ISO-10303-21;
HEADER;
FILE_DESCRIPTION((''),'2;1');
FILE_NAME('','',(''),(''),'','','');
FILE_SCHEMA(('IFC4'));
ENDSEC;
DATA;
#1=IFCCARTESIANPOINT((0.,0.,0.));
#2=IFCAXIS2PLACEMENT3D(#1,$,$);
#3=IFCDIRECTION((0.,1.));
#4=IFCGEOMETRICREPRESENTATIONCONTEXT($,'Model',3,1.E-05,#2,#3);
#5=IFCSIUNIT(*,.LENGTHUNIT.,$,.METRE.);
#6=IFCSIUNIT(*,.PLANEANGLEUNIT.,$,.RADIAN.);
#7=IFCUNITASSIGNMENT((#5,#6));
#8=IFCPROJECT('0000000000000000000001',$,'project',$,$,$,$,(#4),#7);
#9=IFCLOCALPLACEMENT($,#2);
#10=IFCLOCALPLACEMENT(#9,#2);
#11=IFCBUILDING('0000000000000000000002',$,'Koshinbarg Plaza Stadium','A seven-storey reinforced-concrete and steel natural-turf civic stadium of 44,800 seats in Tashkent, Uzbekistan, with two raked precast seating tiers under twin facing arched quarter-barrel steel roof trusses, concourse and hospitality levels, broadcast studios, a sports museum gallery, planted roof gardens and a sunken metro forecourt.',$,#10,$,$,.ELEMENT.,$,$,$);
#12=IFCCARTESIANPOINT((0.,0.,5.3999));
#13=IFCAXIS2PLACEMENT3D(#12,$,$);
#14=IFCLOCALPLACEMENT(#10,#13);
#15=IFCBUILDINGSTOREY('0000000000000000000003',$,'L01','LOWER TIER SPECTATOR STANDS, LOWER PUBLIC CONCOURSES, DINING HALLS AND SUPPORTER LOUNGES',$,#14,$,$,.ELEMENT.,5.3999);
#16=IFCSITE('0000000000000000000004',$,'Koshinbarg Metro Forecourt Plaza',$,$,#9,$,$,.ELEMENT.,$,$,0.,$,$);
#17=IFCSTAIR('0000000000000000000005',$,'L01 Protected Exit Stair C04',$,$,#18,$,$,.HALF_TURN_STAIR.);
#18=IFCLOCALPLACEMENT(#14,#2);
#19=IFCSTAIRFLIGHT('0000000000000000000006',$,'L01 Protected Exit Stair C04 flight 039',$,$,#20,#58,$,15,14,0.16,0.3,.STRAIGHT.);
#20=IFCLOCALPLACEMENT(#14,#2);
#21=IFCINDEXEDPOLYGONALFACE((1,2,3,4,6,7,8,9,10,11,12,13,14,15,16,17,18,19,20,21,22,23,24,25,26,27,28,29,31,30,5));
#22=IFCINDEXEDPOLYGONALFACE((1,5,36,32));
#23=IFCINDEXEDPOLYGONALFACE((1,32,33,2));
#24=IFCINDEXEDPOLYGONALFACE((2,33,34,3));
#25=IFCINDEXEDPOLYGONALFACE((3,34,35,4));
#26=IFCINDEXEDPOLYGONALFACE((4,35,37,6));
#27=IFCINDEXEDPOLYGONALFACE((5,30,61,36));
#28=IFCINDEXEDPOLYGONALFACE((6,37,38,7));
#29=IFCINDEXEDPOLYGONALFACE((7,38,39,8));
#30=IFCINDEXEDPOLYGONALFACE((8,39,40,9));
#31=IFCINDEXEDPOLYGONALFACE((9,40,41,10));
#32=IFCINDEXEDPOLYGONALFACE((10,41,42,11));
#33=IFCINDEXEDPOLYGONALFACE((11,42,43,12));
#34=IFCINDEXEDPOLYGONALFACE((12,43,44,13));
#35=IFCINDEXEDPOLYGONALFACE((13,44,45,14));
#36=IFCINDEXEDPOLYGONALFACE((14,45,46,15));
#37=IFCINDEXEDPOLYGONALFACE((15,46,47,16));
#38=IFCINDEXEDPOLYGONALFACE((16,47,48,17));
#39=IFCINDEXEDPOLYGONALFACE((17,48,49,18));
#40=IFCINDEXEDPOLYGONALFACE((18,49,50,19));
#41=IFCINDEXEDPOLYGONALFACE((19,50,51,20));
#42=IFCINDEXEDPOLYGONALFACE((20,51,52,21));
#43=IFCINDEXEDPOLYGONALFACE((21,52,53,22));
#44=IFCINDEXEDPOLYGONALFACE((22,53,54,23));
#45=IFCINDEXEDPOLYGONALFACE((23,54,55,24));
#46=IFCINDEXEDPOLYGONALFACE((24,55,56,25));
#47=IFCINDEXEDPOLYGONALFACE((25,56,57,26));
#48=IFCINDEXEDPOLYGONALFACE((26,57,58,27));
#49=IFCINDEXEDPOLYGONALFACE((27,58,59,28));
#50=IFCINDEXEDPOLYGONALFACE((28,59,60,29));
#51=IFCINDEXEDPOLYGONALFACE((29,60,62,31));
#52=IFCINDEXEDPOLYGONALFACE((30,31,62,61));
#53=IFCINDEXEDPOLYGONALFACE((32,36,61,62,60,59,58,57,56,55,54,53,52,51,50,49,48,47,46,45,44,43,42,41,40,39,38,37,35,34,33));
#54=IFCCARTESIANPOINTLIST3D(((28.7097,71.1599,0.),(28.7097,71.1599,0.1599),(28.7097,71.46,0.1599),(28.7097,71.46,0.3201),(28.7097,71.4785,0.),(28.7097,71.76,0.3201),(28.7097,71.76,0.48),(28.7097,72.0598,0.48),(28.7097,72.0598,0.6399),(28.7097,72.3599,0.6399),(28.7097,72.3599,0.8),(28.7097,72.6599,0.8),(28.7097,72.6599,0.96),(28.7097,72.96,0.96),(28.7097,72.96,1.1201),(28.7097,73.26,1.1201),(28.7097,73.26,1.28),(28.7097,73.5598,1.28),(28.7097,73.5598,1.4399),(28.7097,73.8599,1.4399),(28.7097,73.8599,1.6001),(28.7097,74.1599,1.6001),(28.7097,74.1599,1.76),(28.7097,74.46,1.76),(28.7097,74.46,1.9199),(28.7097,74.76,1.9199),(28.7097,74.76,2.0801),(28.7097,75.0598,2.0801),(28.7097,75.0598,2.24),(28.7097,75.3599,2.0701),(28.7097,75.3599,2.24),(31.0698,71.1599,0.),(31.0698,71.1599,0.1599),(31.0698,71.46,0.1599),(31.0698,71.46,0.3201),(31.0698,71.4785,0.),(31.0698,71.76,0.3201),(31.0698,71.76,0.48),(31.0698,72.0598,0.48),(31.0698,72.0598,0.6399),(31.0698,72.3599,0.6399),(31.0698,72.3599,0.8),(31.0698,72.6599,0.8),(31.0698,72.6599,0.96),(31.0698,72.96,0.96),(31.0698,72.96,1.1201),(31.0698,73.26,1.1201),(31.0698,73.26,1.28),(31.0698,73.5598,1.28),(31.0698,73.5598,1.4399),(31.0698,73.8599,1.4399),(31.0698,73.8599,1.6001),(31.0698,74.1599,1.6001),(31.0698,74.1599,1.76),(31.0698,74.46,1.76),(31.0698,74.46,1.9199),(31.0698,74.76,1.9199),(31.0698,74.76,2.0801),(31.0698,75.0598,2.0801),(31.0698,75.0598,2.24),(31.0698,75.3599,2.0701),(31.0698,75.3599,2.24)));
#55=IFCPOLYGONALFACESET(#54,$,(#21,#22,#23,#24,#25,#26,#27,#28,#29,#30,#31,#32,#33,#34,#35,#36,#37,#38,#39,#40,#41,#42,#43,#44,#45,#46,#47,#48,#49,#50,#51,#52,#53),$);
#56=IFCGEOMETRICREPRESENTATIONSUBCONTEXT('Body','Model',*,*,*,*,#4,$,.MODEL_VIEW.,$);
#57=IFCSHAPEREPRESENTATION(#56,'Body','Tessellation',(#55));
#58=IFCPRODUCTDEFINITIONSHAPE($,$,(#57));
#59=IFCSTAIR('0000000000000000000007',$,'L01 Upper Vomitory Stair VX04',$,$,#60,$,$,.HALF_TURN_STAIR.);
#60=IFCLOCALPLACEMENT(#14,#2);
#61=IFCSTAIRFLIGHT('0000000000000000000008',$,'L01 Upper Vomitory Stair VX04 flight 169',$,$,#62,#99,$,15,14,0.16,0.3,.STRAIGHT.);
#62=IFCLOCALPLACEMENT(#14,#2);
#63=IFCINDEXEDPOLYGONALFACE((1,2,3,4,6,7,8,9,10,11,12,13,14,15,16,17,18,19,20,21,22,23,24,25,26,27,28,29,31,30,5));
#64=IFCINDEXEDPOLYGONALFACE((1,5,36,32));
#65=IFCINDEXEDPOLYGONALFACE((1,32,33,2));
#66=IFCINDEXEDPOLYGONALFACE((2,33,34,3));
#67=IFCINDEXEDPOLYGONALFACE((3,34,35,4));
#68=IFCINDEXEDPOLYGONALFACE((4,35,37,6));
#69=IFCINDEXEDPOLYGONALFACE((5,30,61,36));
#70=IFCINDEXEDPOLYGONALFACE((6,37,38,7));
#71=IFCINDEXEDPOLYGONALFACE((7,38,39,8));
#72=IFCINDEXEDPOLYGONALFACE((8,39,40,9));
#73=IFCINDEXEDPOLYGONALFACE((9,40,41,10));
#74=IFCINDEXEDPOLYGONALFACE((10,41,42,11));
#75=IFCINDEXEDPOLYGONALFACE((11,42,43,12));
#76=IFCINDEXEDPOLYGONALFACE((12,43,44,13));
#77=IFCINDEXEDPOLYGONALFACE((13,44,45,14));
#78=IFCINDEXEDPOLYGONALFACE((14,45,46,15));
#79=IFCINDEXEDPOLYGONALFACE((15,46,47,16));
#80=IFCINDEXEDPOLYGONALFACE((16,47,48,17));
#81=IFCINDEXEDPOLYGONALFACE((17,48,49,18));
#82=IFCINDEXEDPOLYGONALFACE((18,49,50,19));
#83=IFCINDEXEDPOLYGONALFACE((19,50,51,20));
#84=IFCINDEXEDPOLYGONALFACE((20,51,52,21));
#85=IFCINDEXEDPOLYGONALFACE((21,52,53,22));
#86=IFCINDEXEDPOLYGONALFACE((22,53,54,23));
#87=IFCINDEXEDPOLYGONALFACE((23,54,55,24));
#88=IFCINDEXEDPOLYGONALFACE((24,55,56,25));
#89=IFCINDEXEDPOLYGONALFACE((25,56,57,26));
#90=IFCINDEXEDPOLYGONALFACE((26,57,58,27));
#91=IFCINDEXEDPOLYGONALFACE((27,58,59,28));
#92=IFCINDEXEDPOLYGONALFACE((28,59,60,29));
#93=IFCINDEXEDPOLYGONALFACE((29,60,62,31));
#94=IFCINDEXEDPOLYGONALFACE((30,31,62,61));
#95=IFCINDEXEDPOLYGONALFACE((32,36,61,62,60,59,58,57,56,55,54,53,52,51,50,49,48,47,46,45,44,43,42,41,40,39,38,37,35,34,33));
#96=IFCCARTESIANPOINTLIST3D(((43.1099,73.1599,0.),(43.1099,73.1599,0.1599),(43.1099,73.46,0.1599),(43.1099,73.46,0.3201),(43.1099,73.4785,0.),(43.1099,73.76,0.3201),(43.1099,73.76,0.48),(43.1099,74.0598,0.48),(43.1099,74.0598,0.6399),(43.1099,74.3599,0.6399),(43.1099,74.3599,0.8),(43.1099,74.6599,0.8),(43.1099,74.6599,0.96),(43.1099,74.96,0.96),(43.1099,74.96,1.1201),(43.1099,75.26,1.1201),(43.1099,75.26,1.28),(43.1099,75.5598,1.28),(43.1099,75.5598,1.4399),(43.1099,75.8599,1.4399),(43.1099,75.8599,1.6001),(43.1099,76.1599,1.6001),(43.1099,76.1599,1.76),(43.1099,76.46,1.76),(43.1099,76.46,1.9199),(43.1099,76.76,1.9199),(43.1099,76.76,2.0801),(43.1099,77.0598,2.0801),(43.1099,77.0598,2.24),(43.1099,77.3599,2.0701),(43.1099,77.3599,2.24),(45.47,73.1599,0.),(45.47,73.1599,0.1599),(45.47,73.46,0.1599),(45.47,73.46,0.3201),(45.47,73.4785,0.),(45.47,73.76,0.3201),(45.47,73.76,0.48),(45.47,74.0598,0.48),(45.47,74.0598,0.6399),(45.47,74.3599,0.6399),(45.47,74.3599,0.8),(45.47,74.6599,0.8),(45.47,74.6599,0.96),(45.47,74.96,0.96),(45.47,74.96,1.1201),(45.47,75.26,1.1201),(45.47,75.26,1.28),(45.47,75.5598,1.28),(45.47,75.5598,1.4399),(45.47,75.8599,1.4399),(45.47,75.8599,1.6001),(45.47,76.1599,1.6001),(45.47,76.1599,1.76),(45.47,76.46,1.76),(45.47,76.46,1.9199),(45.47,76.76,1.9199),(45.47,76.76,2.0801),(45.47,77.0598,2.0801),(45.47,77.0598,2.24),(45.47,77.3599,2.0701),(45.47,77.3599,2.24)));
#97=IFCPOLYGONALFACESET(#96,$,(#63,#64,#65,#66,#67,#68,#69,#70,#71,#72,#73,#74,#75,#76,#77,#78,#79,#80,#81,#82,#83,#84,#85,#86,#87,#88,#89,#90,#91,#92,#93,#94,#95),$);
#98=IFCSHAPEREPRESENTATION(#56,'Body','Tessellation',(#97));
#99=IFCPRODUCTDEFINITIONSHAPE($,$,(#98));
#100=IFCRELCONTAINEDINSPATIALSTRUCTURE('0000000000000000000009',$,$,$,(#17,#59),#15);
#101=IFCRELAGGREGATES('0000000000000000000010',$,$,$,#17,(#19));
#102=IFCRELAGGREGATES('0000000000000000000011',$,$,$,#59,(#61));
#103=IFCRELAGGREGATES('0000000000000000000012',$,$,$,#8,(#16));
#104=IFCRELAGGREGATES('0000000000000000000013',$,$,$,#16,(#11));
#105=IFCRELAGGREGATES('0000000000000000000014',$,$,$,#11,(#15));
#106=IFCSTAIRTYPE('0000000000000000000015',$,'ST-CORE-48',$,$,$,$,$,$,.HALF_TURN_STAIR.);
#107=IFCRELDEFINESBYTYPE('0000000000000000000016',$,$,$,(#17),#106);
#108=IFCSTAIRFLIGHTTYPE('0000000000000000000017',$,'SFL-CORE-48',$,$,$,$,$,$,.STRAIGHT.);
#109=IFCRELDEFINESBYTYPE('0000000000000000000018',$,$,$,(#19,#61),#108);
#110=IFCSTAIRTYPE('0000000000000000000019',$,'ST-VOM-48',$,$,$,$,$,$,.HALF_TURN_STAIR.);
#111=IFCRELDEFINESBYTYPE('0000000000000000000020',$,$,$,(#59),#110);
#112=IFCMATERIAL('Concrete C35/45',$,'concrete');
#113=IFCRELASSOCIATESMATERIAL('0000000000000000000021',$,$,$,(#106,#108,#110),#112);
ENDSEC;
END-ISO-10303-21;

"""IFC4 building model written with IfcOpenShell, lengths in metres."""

from ifc_helpers import new_model, si_unit, direction, frame, origin, place, context, subcontext, project, spatial, polyline, outline, extrude, material, type_object, element, aggregate, save


model = new_model("IFC4")

# Units and contexts
model_context = context("Model", 3, precision=1e-05, world=origin(), true_north=direction((0.0, 1.0)))
body_context = subcontext(model_context, "Body", "Model", "MODEL_VIEW")
ifc_project = project(units=[si_unit("LENGTHUNIT", "METRE"), si_unit("PLANEANGLEUNIT", "RADIAN")], contexts=[model_context])

# Site, building, storey
site_placement = place(None, origin())
site = spatial("IfcSite", under=ifc_project, at=site_placement, Name="Koshinbarg Metro Forecourt Plaza", CompositionType="ELEMENT", RefElevation=0.0)
building_placement = place(site_placement, origin())
building = spatial("IfcBuilding", under=site, at=building_placement, Name="Koshinbarg Plaza Stadium", Description="A seven-storey reinforced-concrete and steel natural-turf civic stadium of 44,800 seats in Tashkent, Uzbekistan, with two raked precast seating tiers under twin facing arched quarter-barrel steel roof trusses, concourse and hospitality levels, broadcast studios, a sports museum gallery, planted roof gardens and a sunken metro forecourt.", CompositionType="ELEMENT")
storey_placement = place(building_placement, frame((0.0, 0.0, 5.3999)))
storey = spatial("IfcBuildingStorey", under=building, at=storey_placement, Name="L01", Description="LOWER TIER SPECTATOR STANDS, LOWER PUBLIC CONCOURSES, DINING HALLS AND SUPPORTER LOUNGES", CompositionType="ELEMENT", Elevation=5.3999)

# Stairs, stair flights
ifc_material_1 = material(Name="Concrete C35/45", Category="concrete")
stair_type_1 = type_object("IfcStairType", Name="ST-CORE-48", PredefinedType="HALF_TURN_STAIR", material=ifc_material_1)
stair_1_placement = place(storey_placement, origin())
stair_1 = element("IfcStair", 1, at=stair_1_placement, inside=storey, type_object=stair_type_1, Name="L01 Protected Exit Stair C04", PredefinedType="HALF_TURN_STAIR")
stair_flight_type = type_object("IfcStairFlightType", Name="SFL-CORE-48", PredefinedType="STRAIGHT", material=ifc_material_1)
stair_flight_1_placement = place(storey_placement, frame((29.8899, 71.1599, 0.0), z_axis=(0.0, 0.0, 1.0), x_axis=(0.0, 1.0, 0.0)))
stair_flight_1 = element("IfcStairFlight", 2, at=stair_flight_1_placement, type_object=stair_flight_type, Name="L01 Protected Exit Stair C04 flight 039", NumberOfRisers=15, NumberOfTreads=14, PredefinedType="STRAIGHT", RiserHeight=0.16, TreadLength=0.3, context=body_context, shape_type="SweptSolid", body=[
    extrude(outline(polyline([(0.0, 0.0), (0.0, 0.1599), (0.3, 0.1599), (0.3, 0.3201), (0.6001, 0.3201), (0.6001, 0.48), (0.8999, 0.48), (0.8999, 0.6399), (1.2, 0.6399), (1.2, 0.8), (1.5, 0.8), (1.5, 0.96), (1.8, 0.96), (1.8, 1.1201), (2.1001, 1.1201), (2.1001, 1.28), (2.3999, 1.28), (2.3999, 1.4399), (2.7, 1.4399), (2.7, 1.6001), (3.0, 1.6001), (3.0, 1.76), (3.3, 1.76), (3.3, 1.9199), (3.6001, 1.9199), (3.6001, 2.0801), (3.8999, 2.0801), (3.8999, 2.24), (4.2, 2.24), (4.2, 2.3999), (4.2, 2.0701), (0.3186, 0.0), (0.0, 0.0)])), frame((0.0, 1.1802, 0.0), z_axis=(0.0, -1.0, 0.0), x_axis=(1.0, 0.0, 0.0)), (0.0, 0.0, 1.0), 2.3601),
])
aggregate(stair_1, [stair_flight_1])
stair_type_2 = type_object("IfcStairType", Name="ST-VOM-48", PredefinedType="HALF_TURN_STAIR", material=ifc_material_1)
stair_2_placement = place(storey_placement, origin())
stair_2 = element("IfcStair", 3, at=stair_2_placement, inside=storey, type_object=stair_type_2, Name="L01 Upper Vomitory Stair VX04", PredefinedType="HALF_TURN_STAIR")
stair_flight_2_placement = place(storey_placement, frame((44.29, 73.1599, 0.0), z_axis=(0.0, 0.0, 1.0), x_axis=(0.0, 1.0, 0.0)))
stair_flight_2 = element("IfcStairFlight", 4, at=stair_flight_2_placement, type_object=stair_flight_type, Name="L01 Upper Vomitory Stair VX04 flight 169", NumberOfRisers=15, NumberOfTreads=14, PredefinedType="STRAIGHT", RiserHeight=0.16, TreadLength=0.3, context=body_context, shape_type="SweptSolid", body=[
    extrude(outline(polyline([(0.0, 0.0), (0.0, 0.1599), (0.3, 0.1599), (0.3, 0.3201), (0.6001, 0.3201), (0.6001, 0.48), (0.8999, 0.48), (0.8999, 0.6399), (1.2, 0.6399), (1.2, 0.8), (1.5, 0.8), (1.5, 0.96), (1.8, 0.96), (1.8, 1.1201), (2.1001, 1.1201), (2.1001, 1.28), (2.3999, 1.28), (2.3999, 1.4399), (2.7, 1.4399), (2.7, 1.6001), (3.0, 1.6001), (3.0, 1.76), (3.3, 1.76), (3.3, 1.9199), (3.6001, 1.9199), (3.6001, 2.0801), (3.8999, 2.0801), (3.8999, 2.24), (4.2, 2.24), (4.2, 2.3999), (4.2, 2.0701), (0.3186, 0.0), (0.0, 0.0)])), frame((0.0, 1.1802, 0.0), z_axis=(0.0, -1.0, 0.0), x_axis=(1.0, 0.0, 0.0)), (0.0, 0.0, 1.0), 2.3601),
])
aggregate(stair_2, [stair_flight_2])

save(model, "model.ifc")
